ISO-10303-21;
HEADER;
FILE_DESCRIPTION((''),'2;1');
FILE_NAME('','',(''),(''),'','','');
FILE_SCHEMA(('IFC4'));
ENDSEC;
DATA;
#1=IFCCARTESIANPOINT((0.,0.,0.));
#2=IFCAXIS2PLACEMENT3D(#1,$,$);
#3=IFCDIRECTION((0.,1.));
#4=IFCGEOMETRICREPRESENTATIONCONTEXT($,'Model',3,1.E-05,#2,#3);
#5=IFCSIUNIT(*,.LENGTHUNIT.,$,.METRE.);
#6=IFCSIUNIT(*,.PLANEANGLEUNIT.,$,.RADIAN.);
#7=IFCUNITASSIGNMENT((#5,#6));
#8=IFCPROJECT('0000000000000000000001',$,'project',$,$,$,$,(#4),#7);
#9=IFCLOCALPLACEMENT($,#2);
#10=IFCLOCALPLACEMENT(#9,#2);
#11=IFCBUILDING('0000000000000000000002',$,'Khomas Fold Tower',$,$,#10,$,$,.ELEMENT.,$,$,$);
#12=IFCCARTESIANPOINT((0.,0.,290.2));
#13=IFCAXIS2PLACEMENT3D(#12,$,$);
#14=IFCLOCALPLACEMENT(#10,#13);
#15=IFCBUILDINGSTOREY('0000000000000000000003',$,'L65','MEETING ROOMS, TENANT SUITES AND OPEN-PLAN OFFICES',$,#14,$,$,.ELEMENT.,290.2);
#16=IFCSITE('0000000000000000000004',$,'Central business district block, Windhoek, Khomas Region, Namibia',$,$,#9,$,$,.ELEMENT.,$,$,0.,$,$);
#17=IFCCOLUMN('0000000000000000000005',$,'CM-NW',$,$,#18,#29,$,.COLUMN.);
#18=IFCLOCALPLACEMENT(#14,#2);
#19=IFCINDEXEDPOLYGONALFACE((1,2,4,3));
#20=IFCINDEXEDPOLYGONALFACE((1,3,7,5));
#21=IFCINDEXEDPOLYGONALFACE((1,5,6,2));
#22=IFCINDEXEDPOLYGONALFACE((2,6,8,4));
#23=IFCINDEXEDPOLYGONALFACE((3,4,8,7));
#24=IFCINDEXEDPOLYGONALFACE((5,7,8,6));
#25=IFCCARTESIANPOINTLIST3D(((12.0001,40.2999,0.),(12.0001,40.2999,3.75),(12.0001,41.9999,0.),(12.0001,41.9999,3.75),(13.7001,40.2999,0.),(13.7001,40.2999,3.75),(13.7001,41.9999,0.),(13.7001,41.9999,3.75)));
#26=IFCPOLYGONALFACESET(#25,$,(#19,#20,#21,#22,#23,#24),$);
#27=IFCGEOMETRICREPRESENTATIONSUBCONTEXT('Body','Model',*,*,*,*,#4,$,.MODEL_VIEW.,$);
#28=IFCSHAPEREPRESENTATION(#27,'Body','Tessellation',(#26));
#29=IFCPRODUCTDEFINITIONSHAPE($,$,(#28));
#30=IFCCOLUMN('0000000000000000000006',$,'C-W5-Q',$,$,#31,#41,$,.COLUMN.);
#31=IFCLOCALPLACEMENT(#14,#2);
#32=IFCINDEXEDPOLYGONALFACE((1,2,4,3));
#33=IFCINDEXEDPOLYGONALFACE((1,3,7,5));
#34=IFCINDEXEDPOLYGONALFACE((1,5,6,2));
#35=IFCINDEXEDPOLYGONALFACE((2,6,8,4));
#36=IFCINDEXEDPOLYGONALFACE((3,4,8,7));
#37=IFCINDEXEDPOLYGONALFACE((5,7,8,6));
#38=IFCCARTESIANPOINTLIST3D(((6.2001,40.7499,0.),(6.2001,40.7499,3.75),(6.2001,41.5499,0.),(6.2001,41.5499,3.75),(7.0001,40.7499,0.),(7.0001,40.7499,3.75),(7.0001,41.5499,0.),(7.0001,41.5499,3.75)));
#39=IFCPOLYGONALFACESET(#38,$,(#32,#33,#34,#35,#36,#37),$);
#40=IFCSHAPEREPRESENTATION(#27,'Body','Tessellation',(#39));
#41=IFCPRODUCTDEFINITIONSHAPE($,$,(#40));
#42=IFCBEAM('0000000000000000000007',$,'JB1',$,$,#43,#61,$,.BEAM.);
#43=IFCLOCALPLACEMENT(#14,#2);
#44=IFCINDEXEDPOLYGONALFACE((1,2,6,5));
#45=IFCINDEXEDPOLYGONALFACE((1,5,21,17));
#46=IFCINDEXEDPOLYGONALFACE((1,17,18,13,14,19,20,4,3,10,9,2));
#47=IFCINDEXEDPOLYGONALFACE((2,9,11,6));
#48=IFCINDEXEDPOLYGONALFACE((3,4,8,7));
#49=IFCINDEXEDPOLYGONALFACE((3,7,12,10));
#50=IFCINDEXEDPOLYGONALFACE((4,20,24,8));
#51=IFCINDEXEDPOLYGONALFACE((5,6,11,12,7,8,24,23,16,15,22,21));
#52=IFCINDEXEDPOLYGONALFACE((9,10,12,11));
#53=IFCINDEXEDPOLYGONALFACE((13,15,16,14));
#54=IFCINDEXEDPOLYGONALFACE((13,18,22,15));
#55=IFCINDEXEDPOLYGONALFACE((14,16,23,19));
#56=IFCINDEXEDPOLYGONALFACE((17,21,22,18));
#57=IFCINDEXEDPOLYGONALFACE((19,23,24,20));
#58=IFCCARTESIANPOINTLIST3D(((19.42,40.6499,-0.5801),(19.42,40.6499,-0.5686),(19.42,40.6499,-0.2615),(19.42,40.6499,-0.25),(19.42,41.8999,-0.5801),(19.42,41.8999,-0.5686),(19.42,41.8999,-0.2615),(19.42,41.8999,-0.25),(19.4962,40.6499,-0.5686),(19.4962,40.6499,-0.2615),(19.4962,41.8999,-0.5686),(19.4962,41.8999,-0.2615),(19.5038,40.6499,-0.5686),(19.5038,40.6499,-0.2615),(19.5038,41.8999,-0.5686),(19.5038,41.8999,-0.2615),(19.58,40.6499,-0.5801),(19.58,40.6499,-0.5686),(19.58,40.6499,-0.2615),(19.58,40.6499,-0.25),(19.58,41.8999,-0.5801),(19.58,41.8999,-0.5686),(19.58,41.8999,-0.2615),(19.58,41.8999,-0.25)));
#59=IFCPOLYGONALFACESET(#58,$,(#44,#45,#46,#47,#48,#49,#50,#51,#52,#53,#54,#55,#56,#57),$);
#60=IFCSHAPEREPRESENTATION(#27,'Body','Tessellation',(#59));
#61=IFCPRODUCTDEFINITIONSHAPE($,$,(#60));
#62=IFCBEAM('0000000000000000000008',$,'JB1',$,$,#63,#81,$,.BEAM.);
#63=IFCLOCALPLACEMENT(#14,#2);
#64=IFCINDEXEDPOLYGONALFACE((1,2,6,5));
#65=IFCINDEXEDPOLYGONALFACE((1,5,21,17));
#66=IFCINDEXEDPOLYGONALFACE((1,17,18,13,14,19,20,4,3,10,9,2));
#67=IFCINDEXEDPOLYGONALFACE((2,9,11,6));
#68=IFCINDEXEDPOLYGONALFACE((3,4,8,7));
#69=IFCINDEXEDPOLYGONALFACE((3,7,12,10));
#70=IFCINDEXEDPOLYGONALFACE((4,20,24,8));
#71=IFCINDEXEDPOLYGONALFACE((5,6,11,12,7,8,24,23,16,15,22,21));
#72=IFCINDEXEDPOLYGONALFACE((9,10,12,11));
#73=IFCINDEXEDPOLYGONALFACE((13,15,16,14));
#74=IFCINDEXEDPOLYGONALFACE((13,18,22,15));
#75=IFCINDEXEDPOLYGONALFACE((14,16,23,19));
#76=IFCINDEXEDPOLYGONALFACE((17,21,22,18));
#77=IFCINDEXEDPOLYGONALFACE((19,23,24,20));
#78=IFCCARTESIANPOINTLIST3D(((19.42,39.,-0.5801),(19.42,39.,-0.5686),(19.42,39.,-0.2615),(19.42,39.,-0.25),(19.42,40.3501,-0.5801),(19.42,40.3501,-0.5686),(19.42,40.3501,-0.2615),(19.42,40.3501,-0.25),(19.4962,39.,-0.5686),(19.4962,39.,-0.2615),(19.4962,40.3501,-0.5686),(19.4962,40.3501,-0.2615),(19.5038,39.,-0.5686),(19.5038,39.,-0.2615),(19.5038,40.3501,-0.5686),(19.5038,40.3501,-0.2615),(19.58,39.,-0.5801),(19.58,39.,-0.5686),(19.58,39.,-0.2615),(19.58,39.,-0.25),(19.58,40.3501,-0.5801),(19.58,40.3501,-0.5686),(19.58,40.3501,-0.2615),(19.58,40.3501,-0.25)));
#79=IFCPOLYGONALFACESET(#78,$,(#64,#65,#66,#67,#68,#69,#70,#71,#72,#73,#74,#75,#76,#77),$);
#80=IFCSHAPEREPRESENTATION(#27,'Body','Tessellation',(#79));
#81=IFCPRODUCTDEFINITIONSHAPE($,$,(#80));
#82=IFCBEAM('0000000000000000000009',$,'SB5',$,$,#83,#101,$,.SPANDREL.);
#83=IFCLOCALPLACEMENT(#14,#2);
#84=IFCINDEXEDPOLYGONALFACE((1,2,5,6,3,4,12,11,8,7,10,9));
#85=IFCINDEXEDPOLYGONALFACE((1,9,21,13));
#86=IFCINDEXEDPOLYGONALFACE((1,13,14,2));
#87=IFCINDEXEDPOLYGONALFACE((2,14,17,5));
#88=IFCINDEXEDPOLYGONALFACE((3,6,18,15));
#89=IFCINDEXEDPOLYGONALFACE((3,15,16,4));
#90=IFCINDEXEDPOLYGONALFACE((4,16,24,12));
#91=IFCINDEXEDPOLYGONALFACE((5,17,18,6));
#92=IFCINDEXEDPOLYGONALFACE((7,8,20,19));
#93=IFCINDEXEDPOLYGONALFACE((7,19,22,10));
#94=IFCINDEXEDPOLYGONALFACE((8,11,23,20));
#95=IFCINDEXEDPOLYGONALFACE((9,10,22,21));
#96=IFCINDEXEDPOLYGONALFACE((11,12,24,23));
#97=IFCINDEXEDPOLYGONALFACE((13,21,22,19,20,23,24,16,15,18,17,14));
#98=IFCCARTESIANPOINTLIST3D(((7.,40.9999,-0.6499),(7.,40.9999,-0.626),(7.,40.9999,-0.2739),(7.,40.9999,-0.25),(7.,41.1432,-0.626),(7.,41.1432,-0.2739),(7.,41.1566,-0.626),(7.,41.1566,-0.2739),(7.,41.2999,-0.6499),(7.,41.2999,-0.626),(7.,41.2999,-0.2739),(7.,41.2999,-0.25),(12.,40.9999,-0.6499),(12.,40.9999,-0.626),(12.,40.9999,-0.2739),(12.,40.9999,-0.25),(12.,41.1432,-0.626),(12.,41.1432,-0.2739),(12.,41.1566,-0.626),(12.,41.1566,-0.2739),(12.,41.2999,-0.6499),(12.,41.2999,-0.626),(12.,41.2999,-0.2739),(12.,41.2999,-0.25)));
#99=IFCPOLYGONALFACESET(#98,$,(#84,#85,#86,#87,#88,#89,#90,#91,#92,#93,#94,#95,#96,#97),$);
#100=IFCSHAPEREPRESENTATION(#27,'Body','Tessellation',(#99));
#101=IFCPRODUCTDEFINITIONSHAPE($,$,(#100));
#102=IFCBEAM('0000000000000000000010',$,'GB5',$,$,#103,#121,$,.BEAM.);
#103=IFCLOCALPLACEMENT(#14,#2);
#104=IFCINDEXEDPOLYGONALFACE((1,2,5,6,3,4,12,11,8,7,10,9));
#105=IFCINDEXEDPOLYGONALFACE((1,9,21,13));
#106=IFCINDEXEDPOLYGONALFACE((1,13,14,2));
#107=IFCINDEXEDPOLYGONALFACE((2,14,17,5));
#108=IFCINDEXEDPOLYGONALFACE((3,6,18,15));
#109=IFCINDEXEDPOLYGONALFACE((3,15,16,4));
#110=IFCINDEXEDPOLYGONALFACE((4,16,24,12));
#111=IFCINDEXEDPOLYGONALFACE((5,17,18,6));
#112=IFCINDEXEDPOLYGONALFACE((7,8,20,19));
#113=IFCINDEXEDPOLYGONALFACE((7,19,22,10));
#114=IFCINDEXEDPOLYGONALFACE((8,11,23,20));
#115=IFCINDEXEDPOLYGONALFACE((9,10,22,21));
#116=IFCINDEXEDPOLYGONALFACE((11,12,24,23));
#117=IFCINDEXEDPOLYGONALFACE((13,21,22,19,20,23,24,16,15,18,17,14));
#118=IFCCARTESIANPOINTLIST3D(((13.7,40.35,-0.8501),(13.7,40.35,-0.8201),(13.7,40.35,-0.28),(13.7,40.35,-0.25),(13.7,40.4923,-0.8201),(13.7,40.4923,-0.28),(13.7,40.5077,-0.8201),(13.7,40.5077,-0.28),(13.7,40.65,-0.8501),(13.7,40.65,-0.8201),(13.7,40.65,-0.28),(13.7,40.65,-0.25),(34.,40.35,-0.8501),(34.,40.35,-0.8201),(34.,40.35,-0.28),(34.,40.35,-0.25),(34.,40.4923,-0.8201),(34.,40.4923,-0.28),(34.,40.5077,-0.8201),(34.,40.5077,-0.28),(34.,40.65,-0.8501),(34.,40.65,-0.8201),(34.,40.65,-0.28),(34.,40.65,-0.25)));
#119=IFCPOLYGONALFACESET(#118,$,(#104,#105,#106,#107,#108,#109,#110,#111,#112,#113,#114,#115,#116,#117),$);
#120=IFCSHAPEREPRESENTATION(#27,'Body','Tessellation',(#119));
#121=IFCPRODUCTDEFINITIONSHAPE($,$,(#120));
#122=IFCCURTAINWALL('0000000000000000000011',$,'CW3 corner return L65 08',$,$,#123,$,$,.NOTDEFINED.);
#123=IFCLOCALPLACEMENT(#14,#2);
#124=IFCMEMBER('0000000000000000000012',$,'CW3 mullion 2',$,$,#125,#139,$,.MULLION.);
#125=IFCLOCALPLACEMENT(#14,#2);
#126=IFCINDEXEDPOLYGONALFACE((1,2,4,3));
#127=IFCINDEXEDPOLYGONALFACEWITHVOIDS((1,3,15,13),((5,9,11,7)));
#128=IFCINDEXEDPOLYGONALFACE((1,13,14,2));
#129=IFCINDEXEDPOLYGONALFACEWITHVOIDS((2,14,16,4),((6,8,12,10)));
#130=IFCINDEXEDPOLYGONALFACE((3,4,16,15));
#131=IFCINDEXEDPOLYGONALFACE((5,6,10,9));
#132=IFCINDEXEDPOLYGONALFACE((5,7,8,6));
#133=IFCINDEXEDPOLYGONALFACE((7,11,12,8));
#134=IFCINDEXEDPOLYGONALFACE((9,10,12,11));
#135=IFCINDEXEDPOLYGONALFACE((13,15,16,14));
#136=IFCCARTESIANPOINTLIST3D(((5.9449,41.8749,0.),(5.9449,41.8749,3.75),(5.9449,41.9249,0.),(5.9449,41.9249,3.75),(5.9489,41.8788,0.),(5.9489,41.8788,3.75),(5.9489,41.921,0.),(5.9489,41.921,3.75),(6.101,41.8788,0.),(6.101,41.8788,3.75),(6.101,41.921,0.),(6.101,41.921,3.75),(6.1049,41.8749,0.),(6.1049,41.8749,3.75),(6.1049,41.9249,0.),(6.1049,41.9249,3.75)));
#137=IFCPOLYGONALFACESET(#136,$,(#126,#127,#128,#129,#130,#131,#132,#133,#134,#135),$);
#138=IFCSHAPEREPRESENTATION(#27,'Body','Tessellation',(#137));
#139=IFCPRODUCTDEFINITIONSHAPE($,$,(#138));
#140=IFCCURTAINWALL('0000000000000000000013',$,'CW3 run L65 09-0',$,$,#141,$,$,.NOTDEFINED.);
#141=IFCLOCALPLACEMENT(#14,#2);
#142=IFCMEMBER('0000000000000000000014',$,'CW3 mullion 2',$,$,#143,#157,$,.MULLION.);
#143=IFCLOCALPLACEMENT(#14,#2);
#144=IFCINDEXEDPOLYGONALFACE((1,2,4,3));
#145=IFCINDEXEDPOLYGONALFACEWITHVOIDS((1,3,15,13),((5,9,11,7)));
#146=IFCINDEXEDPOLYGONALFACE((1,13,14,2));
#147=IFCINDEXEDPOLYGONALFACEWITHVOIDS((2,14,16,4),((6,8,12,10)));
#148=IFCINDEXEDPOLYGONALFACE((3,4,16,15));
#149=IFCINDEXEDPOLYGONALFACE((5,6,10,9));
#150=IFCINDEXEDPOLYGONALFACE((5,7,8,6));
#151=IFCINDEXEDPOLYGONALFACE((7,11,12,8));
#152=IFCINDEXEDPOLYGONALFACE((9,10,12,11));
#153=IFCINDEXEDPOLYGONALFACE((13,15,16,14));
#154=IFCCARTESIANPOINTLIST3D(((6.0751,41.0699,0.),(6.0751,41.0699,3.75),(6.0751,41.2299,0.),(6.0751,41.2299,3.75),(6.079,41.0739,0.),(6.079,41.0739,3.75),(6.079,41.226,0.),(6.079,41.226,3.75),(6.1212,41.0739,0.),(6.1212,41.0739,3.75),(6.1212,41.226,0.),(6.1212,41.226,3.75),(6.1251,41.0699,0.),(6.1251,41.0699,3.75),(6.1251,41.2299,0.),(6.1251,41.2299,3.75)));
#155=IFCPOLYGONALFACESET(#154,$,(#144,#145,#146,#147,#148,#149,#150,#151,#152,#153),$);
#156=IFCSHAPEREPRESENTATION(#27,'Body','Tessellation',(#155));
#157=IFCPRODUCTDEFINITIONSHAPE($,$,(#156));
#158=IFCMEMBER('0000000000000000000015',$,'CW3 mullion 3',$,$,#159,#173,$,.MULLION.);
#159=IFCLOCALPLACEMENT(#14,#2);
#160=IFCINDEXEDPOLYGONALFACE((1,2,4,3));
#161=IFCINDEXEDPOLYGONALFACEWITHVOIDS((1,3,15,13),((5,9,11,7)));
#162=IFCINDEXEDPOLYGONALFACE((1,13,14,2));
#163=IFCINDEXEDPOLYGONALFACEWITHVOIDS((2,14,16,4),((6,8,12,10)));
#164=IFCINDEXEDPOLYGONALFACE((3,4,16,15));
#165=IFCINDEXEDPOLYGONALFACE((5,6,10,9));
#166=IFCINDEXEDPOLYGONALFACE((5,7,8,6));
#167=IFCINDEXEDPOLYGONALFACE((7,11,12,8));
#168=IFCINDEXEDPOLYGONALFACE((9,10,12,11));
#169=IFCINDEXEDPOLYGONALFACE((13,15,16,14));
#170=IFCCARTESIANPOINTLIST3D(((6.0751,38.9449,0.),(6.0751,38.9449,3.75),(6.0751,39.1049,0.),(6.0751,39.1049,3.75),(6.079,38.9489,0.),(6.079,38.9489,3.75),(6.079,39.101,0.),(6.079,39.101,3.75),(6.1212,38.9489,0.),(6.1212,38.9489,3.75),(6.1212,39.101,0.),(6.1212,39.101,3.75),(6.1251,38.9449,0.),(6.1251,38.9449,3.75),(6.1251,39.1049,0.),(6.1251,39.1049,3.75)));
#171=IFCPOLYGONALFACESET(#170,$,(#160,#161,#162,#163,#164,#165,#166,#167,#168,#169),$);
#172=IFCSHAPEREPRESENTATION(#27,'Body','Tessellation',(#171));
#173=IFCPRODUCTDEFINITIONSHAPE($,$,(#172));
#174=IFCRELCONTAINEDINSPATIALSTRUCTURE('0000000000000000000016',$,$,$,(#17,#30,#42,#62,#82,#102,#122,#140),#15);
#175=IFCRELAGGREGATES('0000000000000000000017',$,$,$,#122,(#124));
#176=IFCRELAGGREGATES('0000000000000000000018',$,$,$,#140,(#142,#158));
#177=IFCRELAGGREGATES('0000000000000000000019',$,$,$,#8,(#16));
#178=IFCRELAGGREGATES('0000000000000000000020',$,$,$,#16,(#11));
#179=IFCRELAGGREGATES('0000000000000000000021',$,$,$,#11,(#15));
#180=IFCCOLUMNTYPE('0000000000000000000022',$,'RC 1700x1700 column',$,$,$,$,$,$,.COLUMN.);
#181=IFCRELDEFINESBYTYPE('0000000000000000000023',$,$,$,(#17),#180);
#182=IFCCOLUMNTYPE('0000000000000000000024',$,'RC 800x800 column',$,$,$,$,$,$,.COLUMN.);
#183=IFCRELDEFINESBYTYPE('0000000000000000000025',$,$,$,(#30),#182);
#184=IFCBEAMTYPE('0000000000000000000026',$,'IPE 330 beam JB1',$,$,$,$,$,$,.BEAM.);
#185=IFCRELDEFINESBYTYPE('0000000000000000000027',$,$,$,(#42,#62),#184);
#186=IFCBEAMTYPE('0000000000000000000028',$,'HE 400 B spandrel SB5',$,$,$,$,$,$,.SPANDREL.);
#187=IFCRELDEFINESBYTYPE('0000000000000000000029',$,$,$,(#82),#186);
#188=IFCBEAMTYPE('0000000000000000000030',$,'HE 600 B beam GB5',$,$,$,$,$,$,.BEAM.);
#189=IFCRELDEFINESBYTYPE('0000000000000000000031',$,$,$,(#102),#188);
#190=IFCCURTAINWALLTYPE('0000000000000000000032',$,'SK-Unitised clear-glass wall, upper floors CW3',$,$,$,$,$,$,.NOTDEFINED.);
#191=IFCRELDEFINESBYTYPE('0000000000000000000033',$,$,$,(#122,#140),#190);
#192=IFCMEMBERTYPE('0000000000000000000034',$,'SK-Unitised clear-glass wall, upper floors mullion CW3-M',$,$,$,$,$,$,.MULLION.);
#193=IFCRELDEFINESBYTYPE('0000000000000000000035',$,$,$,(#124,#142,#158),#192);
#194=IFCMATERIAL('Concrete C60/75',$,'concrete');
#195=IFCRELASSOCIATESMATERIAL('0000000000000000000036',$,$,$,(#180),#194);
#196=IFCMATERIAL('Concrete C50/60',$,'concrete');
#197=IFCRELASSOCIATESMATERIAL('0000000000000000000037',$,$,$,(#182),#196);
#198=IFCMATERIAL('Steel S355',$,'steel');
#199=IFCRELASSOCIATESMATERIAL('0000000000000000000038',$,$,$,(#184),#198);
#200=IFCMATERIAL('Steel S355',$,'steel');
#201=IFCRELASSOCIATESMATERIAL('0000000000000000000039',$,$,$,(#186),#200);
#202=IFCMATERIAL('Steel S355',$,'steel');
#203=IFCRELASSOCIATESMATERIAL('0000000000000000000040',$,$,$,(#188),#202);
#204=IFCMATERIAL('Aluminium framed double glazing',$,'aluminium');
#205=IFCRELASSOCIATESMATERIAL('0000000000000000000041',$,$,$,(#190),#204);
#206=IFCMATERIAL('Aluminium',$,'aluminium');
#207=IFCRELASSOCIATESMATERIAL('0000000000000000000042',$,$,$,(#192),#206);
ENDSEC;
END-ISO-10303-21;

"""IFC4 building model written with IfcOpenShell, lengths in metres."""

from ifc_helpers import new_model, si_unit, direction, frame, origin, origin_2d, place, context, subcontext, project, spatial, rectangle, hollow_rectangle, i_section, extrude, source, transform, mapped, material, material_profile, profile_set, type_object, element, aggregate, save


model = new_model("IFC4")

# Units and contexts
model_context = context("Model", 3, precision=1e-05, world=origin(), true_north=direction((0.0, 1.0)))
body_context = subcontext(model_context, "Body", "Model", "MODEL_VIEW")
ifc_project = project(units=[si_unit("LENGTHUNIT", "METRE"), si_unit("PLANEANGLEUNIT", "RADIAN")], contexts=[model_context])

# Site, building, storey
site_placement = place(None, origin())
site = spatial("IfcSite", under=ifc_project, at=site_placement, Name="Central business district block, Windhoek, Khomas Region, Namibia", CompositionType="ELEMENT", RefElevation=0.0)
building_placement = place(site_placement, origin())
building = spatial("IfcBuilding", under=site, at=building_placement, Name="Khomas Fold Tower", CompositionType="ELEMENT")
storey_placement = place(building_placement, frame((0.0, 0.0, 290.2)))
storey = spatial("IfcBuildingStorey", under=building, at=storey_placement, Name="L65", Description="MEETING ROOMS, TENANT SUITES AND OPEN-PLAN OFFICES", CompositionType="ELEMENT", Elevation=290.2)

# Columns
ifc_material_1 = material(Name="Concrete C60/75", Category="concrete")
ifc_material_profile_1 = material_profile(ifc_material_1, rectangle(XDim=1.7, YDim=1.7, at=origin_2d()), Name="RC 1700x1700")
ifc_profile_set_1 = profile_set([ifc_material_profile_1], Name="Concrete C60/75")
column_type_1 = type_object("IfcColumnType", Name="RC 1700x1700 column", PredefinedType="COLUMN", material=ifc_profile_set_1)
shared_shape_1 = source(origin(), body_context, "Body", "SweptSolid", [
    extrude(rectangle(XDim=1.7, YDim=1.7, at=origin_2d()), origin(), (0.0, 0.0, 1.0), 3.75),
])
column_1_placement = place(storey_placement, frame((12.8501, 41.1499, 0.0), z_axis=(0.0, 0.0, 1.0), x_axis=(1.0, 0.0, 0.0)))
element("IfcColumn", 1, at=column_1_placement, inside=storey, type_object=column_type_1, Name="CM-NW", PredefinedType="COLUMN", context=body_context, shape_type="MappedRepresentation", body=[
    mapped(shared_shape_1, transform((0.0, 0.0, 0.0))),
])
ifc_material_2 = material(Name="Concrete C50/60", Category="concrete")
ifc_material_profile_2 = material_profile(ifc_material_2, rectangle(XDim=0.8, YDim=0.8, at=origin_2d()), Name="RC 800x800")
ifc_profile_set_2 = profile_set([ifc_material_profile_2], Name="Concrete C50/60")
column_type_2 = type_object("IfcColumnType", Name="RC 800x800 column", PredefinedType="COLUMN", material=ifc_profile_set_2)
shared_shape_2 = source(origin(), body_context, "Body", "SweptSolid", [
    extrude(rectangle(XDim=0.8, YDim=0.8, at=origin_2d()), origin(), (0.0, 0.0, 1.0), 3.75),
])
column_2_placement = place(storey_placement, frame((6.6001, 41.1499, 0.0), z_axis=(0.0, 0.0, 1.0), x_axis=(1.0, 0.0, 0.0)))
element("IfcColumn", 2, at=column_2_placement, inside=storey, type_object=column_type_2, Name="C-W5-Q", PredefinedType="COLUMN", context=body_context, shape_type="MappedRepresentation", body=[
    mapped(shared_shape_2, transform((0.0, 0.0, 0.0))),
])

# Beams
ifc_material_3 = material(Name="Steel S355", Category="steel")
ifc_material_profile_3 = material_profile(ifc_material_3, i_section(OverallWidth=0.1599, OverallDepth=0.3301, WebThickness=0.0076, FlangeThickness=0.0115, at=origin_2d()), Name="IPE 330")
ifc_profile_set_3 = profile_set([ifc_material_profile_3], Name="Steel S355")
beam_type_1 = type_object("IfcBeamType", Name="IPE 330 beam JB1", PredefinedType="BEAM", material=ifc_profile_set_3)
shared_shape_3 = source(origin(), body_context, "Body", "SweptSolid", [
    extrude(i_section(OverallWidth=0.1599, OverallDepth=0.3301, WebThickness=0.0076, FlangeThickness=0.0115, at=origin_2d()), origin(), (0.0, 0.0, 1.0), 1.25),
])
beam_1_placement = place(storey_placement, frame((19.5, 40.6499, -0.415), z_axis=(0.0, 1.0, 0.0), x_axis=(-1.0, 0.0, 0.0)))
element("IfcBeam", 3, at=beam_1_placement, inside=storey, type_object=beam_type_1, Name="JB1", PredefinedType="BEAM", context=body_context, shape_type="MappedRepresentation", body=[
    mapped(shared_shape_3, transform((0.0, 0.0, 0.0))),
])
shared_shape_4 = source(origin(), body_context, "Body", "SweptSolid", [
    extrude(i_section(OverallWidth=0.1599, OverallDepth=0.3301, WebThickness=0.0076, FlangeThickness=0.0115, at=origin_2d()), origin(), (0.0, 0.0, 1.0), 1.3501),
])
beam_2_placement = place(storey_placement, frame((19.5, 39.0, -0.415), z_axis=(0.0, 1.0, 0.0), x_axis=(-1.0, 0.0, 0.0)))
element("IfcBeam", 4, at=beam_2_placement, inside=storey, type_object=beam_type_1, Name="JB1", PredefinedType="BEAM", context=body_context, shape_type="MappedRepresentation", body=[
    mapped(shared_shape_4, transform((0.0, 0.0, 0.0))),
])
ifc_material_4 = material(Name="Steel S355", Category="steel")
ifc_material_profile_4 = material_profile(ifc_material_4, i_section(OverallWidth=0.3, OverallDepth=0.3999, WebThickness=0.0134, FlangeThickness=0.0239, at=origin_2d()), Name="HE 400 B")
ifc_profile_set_4 = profile_set([ifc_material_profile_4], Name="Steel S355")
beam_type_2 = type_object("IfcBeamType", Name="HE 400 B spandrel SB5", PredefinedType="SPANDREL", material=ifc_profile_set_4)
shared_shape_5 = source(origin(), body_context, "Body", "SweptSolid", [
    extrude(i_section(OverallWidth=0.3, OverallDepth=0.3999, WebThickness=0.0134, FlangeThickness=0.0239, at=origin_2d()), origin(), (0.0, 0.0, 1.0), 5.0),
])
beam_3_placement = place(storey_placement, frame((7.0, 41.1499, -0.45), z_axis=(1.0, 0.0, 0.0), x_axis=(0.0, 1.0, 0.0)))
element("IfcBeam", 5, at=beam_3_placement, inside=storey, type_object=beam_type_2, Name="SB5", PredefinedType="SPANDREL", context=body_context, shape_type="MappedRepresentation", body=[
    mapped(shared_shape_5, transform((0.0, 0.0, 0.0))),
])
ifc_material_5 = material(Name="Steel S355", Category="steel")
ifc_material_profile_5 = material_profile(ifc_material_5, i_section(OverallWidth=0.3, OverallDepth=0.6001, WebThickness=0.0154, FlangeThickness=0.03, at=origin_2d()), Name="HE 600 B")
ifc_profile_set_5 = profile_set([ifc_material_profile_5], Name="Steel S355")
beam_type_3 = type_object("IfcBeamType", Name="HE 600 B beam GB5", PredefinedType="BEAM", material=ifc_profile_set_5)
shared_shape_6 = source(origin(), body_context, "Body", "SweptSolid", [
    extrude(i_section(OverallWidth=0.3, OverallDepth=0.6001, WebThickness=0.0154, FlangeThickness=0.03, at=origin_2d()), origin(), (0.0, 0.0, 1.0), 20.3),
])
beam_4_placement = place(storey_placement, frame((13.7, 40.5, -0.55), z_axis=(1.0, 0.0, 0.0), x_axis=(0.0, 1.0, 0.0)))
element("IfcBeam", 6, at=beam_4_placement, inside=storey, type_object=beam_type_3, Name="GB5", PredefinedType="BEAM", context=body_context, shape_type="MappedRepresentation", body=[
    mapped(shared_shape_6, transform((0.0, 0.0, 0.0))),
])

# Curtain wall, member
ifc_material_6 = material(Name="Aluminium framed double glazing", Category="aluminium")
curtain_wall_type = type_object("IfcCurtainWallType", Name="SK-Unitised clear-glass wall, upper floors CW3", PredefinedType="NOTDEFINED", material=ifc_material_6)
curtain_wall_1_placement = place(storey_placement, origin())
curtain_wall_1 = element("IfcCurtainWall", 7, at=curtain_wall_1_placement, inside=storey, type_object=curtain_wall_type, Name="CW3 corner return L65 08", PredefinedType="NOTDEFINED")
ifc_material_7 = material(Name="Aluminium", Category="aluminium")
ifc_material_profile_6 = material_profile(ifc_material_7, hollow_rectangle(XDim=0.05, YDim=0.1599, WallThickness=0.0039, at=origin_2d()), Name="SK-Unitised clear-glass wall, upper floors mullion CW3-M")
ifc_profile_set_6 = profile_set([ifc_material_profile_6], Name="Aluminium")
member_type_1 = type_object("IfcMemberType", Name="SK-Unitised clear-glass wall, upper floors mullion CW3-M", PredefinedType="MULLION", material=ifc_profile_set_6)
shared_shape_7 = source(origin(), body_context, "Body", "SweptSolid", [
    extrude(hollow_rectangle(XDim=0.05, YDim=0.1599, WallThickness=0.0039, at=origin_2d()), origin(), (0.0, 0.0, 1.0), 3.75),
])
member_1_placement = place(storey_placement, frame((6.0249, 41.8999, 0.0), z_axis=(0.0, 0.0, 1.0), x_axis=(0.0, -1.0, 0.0)))
member_1 = element("IfcMember", 8, at=member_1_placement, type_object=member_type_1, Name="CW3 mullion 2", PredefinedType="MULLION", context=body_context, shape_type="MappedRepresentation", body=[
    mapped(shared_shape_7, transform((0.0, 0.0, 0.0))),
])

# Curtain wall, members
curtain_wall_2_placement = place(storey_placement, origin())
curtain_wall_2 = element("IfcCurtainWall", 9, at=curtain_wall_2_placement, inside=storey, type_object=curtain_wall_type, Name="CW3 run L65 09-0", PredefinedType="NOTDEFINED")
member_2_placement = place(storey_placement, frame((6.1001, 41.1499, 0.0), z_axis=(0.0, 0.0, 1.0), x_axis=(1.0, 0.0, 0.0)))
member_2 = element("IfcMember", 10, at=member_2_placement, type_object=member_type_1, Name="CW3 mullion 2", PredefinedType="MULLION", context=body_context, shape_type="MappedRepresentation", body=[
    mapped(shared_shape_7, transform((0.0, 0.0, 0.0))),
])
member_3_placement = place(storey_placement, frame((6.1001, 39.0249, 0.0), z_axis=(0.0, 0.0, 1.0), x_axis=(1.0, 0.0, 0.0)))
member_3 = element("IfcMember", 11, at=member_3_placement, type_object=member_type_1, Name="CW3 mullion 3", PredefinedType="MULLION", context=body_context, shape_type="MappedRepresentation", body=[
    mapped(shared_shape_7, transform((0.0, 0.0, 0.0))),
])

aggregate(curtain_wall_1, [member_1])
aggregate(curtain_wall_2, [member_2, member_3])

save(model, "model.ifc")
